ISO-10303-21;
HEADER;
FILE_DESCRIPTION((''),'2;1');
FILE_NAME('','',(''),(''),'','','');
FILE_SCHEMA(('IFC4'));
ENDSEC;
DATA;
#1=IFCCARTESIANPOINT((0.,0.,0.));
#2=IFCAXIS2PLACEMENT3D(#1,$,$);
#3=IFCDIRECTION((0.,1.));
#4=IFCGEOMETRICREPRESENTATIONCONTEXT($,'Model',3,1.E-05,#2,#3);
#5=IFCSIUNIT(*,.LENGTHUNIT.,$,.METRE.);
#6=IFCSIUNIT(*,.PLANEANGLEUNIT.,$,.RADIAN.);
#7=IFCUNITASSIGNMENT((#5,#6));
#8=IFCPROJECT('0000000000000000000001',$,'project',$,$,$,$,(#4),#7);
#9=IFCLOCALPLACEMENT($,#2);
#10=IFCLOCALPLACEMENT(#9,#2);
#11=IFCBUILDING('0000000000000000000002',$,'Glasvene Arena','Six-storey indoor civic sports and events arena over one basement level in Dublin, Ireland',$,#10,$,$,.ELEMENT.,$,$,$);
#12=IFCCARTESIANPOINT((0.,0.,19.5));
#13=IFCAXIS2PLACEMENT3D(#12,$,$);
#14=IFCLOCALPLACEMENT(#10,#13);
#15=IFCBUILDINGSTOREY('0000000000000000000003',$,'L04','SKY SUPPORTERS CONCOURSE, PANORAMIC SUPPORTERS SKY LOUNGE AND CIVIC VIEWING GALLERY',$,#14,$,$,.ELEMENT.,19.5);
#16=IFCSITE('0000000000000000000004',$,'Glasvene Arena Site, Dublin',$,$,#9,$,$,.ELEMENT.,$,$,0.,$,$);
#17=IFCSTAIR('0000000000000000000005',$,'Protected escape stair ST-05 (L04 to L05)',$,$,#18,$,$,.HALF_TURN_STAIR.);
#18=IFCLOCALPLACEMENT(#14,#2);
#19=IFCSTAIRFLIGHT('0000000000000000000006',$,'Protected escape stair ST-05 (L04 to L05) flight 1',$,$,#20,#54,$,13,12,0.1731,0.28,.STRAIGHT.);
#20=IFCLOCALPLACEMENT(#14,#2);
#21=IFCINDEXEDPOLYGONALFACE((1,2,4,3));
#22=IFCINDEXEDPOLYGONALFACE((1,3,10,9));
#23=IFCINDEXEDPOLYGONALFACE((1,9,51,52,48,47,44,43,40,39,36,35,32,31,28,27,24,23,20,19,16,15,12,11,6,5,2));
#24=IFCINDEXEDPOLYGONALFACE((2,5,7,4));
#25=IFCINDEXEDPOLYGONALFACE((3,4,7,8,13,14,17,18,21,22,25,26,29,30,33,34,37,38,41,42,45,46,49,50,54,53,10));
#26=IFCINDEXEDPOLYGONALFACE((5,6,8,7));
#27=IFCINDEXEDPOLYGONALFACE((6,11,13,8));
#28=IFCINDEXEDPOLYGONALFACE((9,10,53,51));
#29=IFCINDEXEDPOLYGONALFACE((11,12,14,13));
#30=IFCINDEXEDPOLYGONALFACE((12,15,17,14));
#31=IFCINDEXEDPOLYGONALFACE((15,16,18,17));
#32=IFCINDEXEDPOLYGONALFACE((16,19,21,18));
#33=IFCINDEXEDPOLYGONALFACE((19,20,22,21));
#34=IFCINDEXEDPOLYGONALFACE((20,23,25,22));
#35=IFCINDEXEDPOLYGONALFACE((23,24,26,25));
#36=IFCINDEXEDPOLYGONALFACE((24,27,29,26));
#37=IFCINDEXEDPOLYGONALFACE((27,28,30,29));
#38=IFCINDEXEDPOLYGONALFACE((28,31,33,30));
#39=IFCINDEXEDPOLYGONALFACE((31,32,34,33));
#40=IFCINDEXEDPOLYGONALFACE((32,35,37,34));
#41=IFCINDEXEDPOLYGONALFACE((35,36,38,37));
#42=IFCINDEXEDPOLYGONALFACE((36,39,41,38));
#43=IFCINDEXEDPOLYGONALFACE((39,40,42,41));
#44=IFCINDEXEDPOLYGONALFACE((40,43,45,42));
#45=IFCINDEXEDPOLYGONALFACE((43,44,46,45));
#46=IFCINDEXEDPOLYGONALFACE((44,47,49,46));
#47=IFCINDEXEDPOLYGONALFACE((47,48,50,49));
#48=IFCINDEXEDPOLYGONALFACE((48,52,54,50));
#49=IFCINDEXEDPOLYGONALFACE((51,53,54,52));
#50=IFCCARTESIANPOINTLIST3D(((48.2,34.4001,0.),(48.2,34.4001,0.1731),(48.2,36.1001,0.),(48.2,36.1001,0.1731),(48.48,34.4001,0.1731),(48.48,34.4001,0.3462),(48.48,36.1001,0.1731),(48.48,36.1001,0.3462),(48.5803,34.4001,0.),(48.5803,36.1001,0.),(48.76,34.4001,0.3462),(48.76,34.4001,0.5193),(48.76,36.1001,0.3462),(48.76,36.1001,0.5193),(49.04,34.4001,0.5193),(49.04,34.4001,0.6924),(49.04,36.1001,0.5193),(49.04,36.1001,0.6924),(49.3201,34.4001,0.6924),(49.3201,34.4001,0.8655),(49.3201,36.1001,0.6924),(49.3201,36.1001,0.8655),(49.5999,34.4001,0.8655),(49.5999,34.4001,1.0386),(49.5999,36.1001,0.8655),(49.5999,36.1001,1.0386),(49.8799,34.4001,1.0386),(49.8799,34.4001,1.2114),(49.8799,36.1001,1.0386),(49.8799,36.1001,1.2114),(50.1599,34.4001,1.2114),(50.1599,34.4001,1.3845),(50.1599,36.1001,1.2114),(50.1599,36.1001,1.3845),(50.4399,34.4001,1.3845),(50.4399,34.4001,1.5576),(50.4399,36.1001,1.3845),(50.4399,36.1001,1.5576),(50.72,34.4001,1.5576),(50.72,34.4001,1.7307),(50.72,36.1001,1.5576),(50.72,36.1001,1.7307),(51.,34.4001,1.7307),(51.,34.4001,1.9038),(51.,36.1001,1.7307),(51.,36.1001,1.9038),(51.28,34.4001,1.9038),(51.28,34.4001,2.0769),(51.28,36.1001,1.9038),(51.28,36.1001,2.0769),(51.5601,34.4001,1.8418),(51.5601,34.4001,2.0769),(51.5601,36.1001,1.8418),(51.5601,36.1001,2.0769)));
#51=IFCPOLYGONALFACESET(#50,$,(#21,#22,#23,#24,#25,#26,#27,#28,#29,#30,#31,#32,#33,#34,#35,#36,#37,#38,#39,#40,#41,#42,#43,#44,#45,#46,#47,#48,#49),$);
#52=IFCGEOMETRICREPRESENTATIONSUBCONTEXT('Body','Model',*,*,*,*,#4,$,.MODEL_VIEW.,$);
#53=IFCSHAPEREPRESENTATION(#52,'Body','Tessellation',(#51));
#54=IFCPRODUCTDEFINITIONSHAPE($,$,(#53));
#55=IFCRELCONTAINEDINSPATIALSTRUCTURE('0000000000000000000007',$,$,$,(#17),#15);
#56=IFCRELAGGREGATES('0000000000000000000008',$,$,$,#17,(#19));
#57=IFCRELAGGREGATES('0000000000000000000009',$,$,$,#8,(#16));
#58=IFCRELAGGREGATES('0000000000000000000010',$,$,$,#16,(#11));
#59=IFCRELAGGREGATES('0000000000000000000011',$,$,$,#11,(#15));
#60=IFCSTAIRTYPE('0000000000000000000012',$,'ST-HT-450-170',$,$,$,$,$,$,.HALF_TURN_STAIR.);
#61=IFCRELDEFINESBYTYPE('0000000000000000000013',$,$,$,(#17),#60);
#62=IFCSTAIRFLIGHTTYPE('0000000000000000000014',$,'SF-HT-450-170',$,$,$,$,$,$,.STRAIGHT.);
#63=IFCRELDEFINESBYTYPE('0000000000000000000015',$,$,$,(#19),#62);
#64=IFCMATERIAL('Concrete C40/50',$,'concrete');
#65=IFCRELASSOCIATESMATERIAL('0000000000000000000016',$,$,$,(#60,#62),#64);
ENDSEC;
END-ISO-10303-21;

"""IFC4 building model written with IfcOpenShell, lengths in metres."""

from ifc_helpers import new_model, si_unit, direction, frame, origin, place, context, subcontext, project, spatial, polyline, outline, extrude, material, type_object, element, aggregate, save


model = new_model("IFC4")

# Units and contexts
model_context = context("Model", 3, precision=1e-05, world=origin(), true_north=direction((0.0, 1.0)))
body_context = subcontext(model_context, "Body", "Model", "MODEL_VIEW")
ifc_project = project(units=[si_unit("LENGTHUNIT", "METRE"), si_unit("PLANEANGLEUNIT", "RADIAN")], contexts=[model_context])

# Site, building, storey
site_placement = place(None, origin())
site = spatial("IfcSite", under=ifc_project, at=site_placement, Name="Glasvene Arena Site, Dublin", CompositionType="ELEMENT", RefElevation=0.0)
building_placement = place(site_placement, origin())
building = spatial("IfcBuilding", under=site, at=building_placement, Name="Glasvene Arena", Description="Six-storey indoor civic sports and events arena over one basement level in Dublin, Ireland", CompositionType="ELEMENT")
storey_placement = place(building_placement, frame((0.0, 0.0, 19.5)))
storey = spatial("IfcBuildingStorey", under=building, at=storey_placement, Name="L04", Description="SKY SUPPORTERS CONCOURSE, PANORAMIC SUPPORTERS SKY LOUNGE AND CIVIC VIEWING GALLERY", CompositionType="ELEMENT", Elevation=19.5)

# Stair
ifc_material_1 = material(Name="Concrete C40/50", Category="concrete")
stair_type = type_object("IfcStairType", Name="ST-HT-450-170", PredefinedType="HALF_TURN_STAIR", material=ifc_material_1)
stair_placement = place(storey_placement, origin())
stair = element("IfcStair", 1, at=stair_placement, inside=storey, type_object=stair_type, Name="Protected escape stair ST-05 (L04 to L05)", PredefinedType="HALF_TURN_STAIR")

# Stair flight
stair_flight_type = type_object("IfcStairFlightType", Name="SF-HT-450-170", PredefinedType="STRAIGHT", material=ifc_material_1)
stair_flight_placement = place(storey_placement, frame((48.2, 35.25, 0.0), z_axis=(0.0, 0.0, 1.0), x_axis=(1.0, 0.0, 0.0)))
stair_flight = element("IfcStairFlight", 2, at=stair_flight_placement, type_object=stair_flight_type, Name="Protected escape stair ST-05 (L04 to L05) flight 1", NumberOfRisers=13, NumberOfTreads=12, PredefinedType="STRAIGHT", RiserHeight=0.1731, TreadLength=0.28, context=body_context, shape_type="SweptSolid", body=[
    extrude(outline(polyline([(0.0, 0.0), (0.0, 0.1731), (0.28, 0.1731), (0.28, 0.3462), (0.5601, 0.3462), (0.5601, 0.5193), (0.8401, 0.5193), (0.8401, 0.6924), (1.1201, 0.6924), (1.1201, 0.8655), (1.3999, 0.8655), (1.3999, 1.0386), (1.6799, 1.0386), (1.6799, 1.2114), (1.96, 1.2114), (1.96, 1.3845), (2.24, 1.3845), (2.24, 1.5576), (2.52, 1.5576), (2.52, 1.7307), (2.8, 1.7307), (2.8, 1.9038), (3.0801, 1.9038), (3.0801, 2.0769), (3.3601, 2.0769), (3.3601, 2.25), (3.3601, 1.8418), (0.3804, 0.0), (0.0, 0.0)])), frame((0.0, 0.8501, 0.0), z_axis=(0.0, -1.0, 0.0), x_axis=(1.0, 0.0, 0.0)), (0.0, 0.0, 1.0), 1.7),
])
aggregate(stair, [stair_flight])

save(model, "model.ifc")
